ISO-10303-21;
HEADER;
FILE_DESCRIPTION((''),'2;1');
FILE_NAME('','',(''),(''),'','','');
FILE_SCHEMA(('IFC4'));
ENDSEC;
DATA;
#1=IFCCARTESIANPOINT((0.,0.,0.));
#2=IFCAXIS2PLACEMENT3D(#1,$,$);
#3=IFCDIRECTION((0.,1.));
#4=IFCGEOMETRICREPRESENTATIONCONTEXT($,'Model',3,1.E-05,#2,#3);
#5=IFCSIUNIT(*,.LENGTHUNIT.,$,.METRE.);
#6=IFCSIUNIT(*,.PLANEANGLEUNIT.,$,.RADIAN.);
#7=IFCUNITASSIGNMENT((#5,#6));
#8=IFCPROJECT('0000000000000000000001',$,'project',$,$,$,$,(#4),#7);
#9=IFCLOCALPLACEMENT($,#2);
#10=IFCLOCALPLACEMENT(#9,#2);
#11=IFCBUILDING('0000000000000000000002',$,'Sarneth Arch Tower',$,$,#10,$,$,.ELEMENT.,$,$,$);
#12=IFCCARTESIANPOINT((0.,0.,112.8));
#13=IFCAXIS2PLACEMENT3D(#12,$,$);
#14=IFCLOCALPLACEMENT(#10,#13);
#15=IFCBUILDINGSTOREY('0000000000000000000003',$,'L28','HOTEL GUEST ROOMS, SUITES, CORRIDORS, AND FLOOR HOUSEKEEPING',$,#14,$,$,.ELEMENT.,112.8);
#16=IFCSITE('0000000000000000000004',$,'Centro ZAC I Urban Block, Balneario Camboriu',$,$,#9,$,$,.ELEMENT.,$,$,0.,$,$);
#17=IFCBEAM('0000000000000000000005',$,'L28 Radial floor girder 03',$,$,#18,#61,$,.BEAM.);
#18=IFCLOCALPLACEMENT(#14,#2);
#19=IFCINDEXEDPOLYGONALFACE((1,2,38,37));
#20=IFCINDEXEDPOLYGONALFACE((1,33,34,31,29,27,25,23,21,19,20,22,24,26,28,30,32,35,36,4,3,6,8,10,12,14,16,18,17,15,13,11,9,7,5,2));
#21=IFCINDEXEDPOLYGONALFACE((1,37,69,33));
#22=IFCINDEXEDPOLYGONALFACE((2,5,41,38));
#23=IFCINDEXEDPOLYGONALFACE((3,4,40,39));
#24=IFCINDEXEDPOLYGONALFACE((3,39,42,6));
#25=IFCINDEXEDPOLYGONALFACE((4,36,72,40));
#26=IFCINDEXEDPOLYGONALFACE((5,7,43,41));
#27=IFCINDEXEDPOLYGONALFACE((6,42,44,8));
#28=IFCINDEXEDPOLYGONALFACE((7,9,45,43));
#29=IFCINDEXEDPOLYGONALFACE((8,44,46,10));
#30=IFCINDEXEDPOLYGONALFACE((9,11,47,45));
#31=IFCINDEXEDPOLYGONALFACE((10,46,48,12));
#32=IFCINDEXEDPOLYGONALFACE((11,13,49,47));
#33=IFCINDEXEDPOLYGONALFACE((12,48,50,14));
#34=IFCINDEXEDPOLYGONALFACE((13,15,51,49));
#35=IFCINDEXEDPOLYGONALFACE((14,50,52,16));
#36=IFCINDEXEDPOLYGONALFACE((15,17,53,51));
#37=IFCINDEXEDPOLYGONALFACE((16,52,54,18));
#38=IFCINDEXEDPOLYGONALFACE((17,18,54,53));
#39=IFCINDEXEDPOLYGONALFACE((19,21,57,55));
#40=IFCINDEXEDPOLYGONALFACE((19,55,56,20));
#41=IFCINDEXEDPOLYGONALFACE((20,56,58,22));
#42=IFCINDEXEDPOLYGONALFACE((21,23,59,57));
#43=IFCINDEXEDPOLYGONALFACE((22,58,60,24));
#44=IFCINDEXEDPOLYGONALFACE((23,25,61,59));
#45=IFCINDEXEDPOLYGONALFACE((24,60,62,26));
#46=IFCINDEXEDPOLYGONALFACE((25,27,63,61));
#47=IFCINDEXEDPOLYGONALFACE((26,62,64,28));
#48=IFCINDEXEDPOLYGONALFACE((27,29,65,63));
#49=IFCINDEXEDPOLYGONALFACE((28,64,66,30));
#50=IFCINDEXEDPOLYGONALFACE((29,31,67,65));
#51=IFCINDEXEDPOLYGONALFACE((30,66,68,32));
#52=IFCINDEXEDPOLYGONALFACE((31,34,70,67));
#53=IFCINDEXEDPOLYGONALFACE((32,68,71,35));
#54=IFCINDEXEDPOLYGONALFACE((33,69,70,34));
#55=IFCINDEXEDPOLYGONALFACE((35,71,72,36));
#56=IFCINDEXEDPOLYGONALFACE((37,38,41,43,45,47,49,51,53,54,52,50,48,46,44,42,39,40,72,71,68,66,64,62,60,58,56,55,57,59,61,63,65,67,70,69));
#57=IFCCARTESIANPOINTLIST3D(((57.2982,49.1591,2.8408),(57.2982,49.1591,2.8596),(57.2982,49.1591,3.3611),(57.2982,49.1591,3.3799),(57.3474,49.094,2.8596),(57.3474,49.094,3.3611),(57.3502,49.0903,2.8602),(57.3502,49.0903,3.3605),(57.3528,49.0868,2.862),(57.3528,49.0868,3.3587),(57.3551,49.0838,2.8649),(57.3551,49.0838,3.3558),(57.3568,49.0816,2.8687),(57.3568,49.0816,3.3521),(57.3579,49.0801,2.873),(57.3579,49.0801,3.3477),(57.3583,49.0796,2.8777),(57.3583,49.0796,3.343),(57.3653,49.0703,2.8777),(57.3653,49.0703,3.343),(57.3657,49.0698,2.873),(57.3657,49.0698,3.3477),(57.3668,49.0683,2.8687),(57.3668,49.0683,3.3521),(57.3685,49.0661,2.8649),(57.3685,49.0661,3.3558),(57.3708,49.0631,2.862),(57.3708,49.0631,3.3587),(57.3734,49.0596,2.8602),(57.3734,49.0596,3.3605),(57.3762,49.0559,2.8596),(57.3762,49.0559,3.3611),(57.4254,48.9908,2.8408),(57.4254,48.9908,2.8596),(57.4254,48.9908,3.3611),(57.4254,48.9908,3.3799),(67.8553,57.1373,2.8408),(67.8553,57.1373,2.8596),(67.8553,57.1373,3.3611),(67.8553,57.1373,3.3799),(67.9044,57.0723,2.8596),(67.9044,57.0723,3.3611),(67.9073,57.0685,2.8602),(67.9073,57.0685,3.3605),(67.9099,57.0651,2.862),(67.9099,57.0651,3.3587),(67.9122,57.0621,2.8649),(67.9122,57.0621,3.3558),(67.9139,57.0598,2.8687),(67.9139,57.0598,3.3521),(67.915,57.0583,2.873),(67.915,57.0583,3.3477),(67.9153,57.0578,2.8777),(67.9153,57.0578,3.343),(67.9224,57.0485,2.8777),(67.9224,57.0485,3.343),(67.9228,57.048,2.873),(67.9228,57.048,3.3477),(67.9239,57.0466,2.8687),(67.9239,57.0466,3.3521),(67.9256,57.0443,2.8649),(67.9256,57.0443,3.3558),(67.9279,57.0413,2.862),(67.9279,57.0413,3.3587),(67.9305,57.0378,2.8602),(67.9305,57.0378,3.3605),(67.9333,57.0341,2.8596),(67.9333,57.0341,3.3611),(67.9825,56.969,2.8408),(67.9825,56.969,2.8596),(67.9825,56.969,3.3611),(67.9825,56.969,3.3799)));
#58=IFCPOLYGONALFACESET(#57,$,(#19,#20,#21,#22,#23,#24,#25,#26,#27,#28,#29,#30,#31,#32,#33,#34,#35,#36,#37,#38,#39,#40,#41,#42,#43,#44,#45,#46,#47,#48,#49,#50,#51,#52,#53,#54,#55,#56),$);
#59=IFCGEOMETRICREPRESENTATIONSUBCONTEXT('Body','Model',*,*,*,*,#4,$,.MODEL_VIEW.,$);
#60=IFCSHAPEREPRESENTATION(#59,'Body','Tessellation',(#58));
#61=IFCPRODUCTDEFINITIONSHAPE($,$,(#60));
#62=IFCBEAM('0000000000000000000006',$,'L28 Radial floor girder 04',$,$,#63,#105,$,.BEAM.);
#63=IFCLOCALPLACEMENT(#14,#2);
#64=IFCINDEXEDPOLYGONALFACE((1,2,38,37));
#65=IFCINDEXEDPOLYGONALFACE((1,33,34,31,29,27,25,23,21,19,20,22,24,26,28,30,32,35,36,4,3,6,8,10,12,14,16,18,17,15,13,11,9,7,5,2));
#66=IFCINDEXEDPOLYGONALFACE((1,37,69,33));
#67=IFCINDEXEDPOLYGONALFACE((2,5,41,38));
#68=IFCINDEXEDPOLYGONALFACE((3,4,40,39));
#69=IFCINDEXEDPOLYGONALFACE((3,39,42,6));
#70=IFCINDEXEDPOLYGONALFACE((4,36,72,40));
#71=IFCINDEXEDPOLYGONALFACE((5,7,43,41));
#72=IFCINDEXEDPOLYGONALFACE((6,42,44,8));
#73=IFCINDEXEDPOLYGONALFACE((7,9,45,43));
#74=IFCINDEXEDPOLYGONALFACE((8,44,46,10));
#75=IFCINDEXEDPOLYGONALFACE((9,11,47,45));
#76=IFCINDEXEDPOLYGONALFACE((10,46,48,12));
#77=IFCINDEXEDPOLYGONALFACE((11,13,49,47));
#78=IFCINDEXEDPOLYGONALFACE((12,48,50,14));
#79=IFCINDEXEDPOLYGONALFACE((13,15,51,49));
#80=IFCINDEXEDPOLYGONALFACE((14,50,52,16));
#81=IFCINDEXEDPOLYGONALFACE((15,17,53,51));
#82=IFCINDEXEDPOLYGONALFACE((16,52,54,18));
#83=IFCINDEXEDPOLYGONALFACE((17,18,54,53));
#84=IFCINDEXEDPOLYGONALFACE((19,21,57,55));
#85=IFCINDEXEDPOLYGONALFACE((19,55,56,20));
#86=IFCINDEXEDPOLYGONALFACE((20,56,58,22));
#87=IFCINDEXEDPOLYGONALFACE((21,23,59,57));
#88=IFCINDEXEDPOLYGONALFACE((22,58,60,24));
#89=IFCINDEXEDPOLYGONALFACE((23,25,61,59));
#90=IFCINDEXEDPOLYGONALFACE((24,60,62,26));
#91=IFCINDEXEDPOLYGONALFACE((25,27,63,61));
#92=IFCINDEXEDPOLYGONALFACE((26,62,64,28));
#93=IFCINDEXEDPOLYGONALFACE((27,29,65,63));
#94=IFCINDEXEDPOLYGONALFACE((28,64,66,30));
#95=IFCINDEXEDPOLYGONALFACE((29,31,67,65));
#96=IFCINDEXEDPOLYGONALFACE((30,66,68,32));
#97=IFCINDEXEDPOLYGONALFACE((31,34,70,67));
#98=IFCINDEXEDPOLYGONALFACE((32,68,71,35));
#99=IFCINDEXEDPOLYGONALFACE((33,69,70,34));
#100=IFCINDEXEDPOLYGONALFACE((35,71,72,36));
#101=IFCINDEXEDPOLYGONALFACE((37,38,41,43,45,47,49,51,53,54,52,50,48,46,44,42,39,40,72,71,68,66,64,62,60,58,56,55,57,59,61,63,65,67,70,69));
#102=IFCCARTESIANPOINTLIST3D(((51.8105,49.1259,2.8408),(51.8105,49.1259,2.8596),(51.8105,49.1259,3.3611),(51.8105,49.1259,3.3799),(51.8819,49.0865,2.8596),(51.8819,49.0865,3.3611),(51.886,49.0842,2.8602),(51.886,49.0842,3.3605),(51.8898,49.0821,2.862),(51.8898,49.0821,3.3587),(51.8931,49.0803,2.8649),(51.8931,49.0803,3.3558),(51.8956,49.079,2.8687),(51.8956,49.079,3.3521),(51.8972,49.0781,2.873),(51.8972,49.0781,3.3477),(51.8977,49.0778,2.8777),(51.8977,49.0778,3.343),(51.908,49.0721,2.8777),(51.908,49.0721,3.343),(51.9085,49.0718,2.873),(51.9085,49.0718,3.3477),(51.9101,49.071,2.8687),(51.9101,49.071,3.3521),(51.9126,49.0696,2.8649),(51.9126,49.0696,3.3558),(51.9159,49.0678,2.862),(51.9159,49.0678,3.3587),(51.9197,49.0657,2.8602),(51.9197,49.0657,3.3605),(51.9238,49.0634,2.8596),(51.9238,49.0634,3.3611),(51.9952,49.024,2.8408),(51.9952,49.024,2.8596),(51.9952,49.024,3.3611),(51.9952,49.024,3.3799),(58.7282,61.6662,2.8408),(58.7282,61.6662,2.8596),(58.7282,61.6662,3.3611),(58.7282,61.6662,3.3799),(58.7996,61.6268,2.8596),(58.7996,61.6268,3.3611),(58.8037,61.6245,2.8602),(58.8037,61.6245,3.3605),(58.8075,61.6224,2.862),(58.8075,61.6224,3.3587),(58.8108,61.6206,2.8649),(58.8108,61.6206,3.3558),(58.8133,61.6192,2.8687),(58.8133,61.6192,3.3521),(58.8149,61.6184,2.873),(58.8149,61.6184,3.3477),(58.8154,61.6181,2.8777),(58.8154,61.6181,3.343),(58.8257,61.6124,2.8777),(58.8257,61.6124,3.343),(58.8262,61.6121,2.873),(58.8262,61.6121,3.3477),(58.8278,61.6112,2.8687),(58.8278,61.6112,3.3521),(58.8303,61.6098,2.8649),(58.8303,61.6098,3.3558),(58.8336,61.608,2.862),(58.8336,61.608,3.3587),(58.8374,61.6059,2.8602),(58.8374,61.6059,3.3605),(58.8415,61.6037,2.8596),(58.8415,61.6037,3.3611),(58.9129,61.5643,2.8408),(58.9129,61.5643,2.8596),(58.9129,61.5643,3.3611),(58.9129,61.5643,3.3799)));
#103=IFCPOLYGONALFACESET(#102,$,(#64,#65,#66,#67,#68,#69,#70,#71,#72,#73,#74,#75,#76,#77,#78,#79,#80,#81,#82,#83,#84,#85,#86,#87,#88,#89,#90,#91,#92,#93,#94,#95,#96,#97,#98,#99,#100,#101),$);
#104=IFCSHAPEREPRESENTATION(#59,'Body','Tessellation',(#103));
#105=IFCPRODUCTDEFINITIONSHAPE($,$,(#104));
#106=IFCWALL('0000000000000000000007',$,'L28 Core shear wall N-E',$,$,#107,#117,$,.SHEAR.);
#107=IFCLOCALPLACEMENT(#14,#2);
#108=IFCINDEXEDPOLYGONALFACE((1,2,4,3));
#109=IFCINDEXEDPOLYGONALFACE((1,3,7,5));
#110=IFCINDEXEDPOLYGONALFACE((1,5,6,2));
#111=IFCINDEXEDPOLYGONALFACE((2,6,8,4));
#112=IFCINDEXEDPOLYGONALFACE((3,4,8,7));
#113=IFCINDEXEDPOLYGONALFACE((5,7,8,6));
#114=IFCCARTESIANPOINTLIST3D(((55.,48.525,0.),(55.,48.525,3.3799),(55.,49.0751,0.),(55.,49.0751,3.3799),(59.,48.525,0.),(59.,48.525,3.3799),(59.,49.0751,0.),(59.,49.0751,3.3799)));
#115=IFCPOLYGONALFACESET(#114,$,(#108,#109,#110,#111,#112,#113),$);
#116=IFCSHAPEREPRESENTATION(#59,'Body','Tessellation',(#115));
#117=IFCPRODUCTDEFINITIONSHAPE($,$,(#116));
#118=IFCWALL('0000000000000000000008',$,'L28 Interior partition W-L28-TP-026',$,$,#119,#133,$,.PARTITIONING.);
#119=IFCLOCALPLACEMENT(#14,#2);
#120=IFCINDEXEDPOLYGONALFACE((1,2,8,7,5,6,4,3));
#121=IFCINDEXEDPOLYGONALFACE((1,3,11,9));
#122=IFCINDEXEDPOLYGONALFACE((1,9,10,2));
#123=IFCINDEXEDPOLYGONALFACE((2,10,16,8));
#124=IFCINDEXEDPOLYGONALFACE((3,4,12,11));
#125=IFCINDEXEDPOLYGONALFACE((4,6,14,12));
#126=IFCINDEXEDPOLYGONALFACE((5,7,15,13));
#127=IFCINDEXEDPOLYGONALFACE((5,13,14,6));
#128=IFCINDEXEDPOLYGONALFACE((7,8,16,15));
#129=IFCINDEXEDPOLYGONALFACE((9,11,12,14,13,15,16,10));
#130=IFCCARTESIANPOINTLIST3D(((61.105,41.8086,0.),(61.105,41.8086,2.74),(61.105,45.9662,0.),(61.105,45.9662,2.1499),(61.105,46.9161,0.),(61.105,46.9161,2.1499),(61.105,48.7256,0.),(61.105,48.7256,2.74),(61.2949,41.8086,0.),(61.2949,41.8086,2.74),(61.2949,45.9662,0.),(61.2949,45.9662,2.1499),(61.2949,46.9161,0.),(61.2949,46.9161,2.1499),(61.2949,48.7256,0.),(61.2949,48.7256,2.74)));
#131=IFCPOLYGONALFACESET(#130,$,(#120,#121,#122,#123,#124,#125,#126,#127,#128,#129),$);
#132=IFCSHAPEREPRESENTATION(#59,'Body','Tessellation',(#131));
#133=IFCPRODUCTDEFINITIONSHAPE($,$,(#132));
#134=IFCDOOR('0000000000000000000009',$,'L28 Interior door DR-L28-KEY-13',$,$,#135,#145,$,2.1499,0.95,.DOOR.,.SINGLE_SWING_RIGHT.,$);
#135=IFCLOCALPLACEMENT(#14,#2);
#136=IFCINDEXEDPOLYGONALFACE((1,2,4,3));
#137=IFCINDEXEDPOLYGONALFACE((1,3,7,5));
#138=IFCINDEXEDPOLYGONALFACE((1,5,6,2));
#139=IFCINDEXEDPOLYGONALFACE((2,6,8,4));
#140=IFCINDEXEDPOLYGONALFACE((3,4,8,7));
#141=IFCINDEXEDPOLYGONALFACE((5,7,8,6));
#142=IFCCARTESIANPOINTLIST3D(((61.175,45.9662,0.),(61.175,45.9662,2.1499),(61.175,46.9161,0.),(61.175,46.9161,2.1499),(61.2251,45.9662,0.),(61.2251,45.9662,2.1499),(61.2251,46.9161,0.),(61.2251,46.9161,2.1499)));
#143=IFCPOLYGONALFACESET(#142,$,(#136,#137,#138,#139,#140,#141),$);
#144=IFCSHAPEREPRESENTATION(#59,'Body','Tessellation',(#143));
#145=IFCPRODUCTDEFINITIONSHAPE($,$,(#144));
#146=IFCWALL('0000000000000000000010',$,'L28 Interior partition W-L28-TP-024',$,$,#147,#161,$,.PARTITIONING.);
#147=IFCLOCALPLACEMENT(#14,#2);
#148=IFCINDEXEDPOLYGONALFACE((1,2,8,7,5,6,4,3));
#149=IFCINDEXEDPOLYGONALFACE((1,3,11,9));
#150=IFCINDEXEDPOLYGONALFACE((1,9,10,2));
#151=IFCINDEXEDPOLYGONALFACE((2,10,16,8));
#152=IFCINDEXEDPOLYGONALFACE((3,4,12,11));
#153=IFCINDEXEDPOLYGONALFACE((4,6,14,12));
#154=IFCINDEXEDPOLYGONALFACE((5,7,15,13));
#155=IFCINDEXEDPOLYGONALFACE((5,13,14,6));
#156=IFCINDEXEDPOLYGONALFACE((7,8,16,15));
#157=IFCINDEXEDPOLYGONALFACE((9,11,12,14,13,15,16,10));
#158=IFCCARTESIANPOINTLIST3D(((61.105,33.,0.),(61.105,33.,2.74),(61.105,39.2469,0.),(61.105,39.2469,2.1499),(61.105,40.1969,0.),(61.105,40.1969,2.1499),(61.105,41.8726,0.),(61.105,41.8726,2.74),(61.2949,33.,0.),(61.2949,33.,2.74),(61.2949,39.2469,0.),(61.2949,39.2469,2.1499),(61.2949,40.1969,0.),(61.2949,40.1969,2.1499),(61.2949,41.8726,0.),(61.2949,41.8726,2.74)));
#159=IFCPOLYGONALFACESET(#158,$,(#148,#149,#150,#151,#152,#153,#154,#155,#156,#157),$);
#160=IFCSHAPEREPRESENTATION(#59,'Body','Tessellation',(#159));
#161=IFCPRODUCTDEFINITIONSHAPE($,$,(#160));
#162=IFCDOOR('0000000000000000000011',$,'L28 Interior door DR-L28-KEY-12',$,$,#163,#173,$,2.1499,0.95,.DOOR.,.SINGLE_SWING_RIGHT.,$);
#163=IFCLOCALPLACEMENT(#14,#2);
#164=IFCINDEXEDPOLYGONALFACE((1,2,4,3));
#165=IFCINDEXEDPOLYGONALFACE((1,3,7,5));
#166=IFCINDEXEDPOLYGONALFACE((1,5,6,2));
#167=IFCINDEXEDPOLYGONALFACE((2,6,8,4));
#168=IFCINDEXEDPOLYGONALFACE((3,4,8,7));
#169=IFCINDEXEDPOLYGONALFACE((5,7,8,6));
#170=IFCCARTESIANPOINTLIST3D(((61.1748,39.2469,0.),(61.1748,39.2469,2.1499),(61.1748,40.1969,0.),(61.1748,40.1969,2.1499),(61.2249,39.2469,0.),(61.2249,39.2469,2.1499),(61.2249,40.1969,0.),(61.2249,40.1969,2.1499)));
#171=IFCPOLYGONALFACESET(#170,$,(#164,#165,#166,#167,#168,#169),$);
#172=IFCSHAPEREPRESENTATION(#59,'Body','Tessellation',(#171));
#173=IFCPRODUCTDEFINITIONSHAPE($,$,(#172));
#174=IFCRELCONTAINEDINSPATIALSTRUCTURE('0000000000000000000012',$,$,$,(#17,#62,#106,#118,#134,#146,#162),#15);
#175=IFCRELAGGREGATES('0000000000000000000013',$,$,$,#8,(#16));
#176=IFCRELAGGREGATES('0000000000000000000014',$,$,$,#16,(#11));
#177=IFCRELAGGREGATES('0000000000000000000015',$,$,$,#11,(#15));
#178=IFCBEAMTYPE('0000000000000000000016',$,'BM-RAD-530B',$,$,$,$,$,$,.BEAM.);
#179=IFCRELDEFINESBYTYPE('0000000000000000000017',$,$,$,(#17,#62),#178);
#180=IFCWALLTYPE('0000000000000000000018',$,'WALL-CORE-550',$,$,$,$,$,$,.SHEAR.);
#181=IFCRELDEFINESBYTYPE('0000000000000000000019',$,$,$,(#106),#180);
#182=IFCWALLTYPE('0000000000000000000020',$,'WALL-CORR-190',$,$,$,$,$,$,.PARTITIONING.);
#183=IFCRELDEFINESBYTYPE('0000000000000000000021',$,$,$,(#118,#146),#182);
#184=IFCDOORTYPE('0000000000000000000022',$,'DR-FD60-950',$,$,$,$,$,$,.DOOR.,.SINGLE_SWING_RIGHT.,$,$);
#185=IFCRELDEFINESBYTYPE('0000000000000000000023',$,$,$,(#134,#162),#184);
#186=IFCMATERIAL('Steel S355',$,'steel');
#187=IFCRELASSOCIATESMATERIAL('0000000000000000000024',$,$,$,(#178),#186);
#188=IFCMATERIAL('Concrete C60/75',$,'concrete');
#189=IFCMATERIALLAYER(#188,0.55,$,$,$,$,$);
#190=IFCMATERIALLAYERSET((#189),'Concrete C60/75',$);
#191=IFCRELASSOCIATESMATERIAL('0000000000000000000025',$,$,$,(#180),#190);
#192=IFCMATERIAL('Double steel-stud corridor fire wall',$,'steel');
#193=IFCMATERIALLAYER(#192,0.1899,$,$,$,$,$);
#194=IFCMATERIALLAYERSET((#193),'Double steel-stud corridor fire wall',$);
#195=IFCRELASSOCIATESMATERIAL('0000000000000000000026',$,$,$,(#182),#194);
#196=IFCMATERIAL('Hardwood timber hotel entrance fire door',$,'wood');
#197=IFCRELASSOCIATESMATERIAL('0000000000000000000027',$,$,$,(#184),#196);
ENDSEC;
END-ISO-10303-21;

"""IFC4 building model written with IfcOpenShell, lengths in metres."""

from ifc_helpers import new_model, si_unit, direction, frame, frame_2d, origin, origin_2d, place, context, subcontext, project, spatial, rectangle, i_section, extrude, material, layer, layer_set, material_profile, profile_set, type_object, element, fill, save


model = new_model("IFC4")

# Units and contexts
model_context = context("Model", 3, precision=1e-05, world=origin(), true_north=direction((0.0, 1.0)))
body_context = subcontext(model_context, "Body", "Model", "MODEL_VIEW")
ifc_project = project(units=[si_unit("LENGTHUNIT", "METRE"), si_unit("PLANEANGLEUNIT", "RADIAN")], contexts=[model_context])

# Site, building, storey
site_placement = place(None, origin())
site = spatial("IfcSite", under=ifc_project, at=site_placement, Name="Centro ZAC I Urban Block, Balneario Camboriu", CompositionType="ELEMENT", RefElevation=0.0)
building_placement = place(site_placement, origin())
building = spatial("IfcBuilding", under=site, at=building_placement, Name="Sarneth Arch Tower", CompositionType="ELEMENT")
storey_placement = place(building_placement, frame((0.0, 0.0, 112.8)))
storey = spatial("IfcBuildingStorey", under=building, at=storey_placement, Name="L28", Description="HOTEL GUEST ROOMS, SUITES, CORRIDORS, AND FLOOR HOUSEKEEPING", CompositionType="ELEMENT", Elevation=112.8)

# Beams
ifc_material_1 = material(Name="Steel S355", Category="steel")
ifc_material_profile_1 = material_profile(ifc_material_1, i_section(OverallWidth=0.2109, OverallDepth=0.5391, WebThickness=0.0117, FlangeThickness=0.0188, FilletRadius=0.0181, at=origin_2d()), Name="W530x109")
ifc_profile_set_1 = profile_set([ifc_material_profile_1], Name="Steel S355")
beam_type_1 = type_object("IfcBeamType", Name="BM-RAD-530B", PredefinedType="BEAM", material=ifc_profile_set_1)
beam_1_placement = place(storey_placement, frame((57.3618, 49.075, 3.1104), z_axis=(0.797803, 0.602918, 0.0), x_axis=(-0.602918, 0.797803, 0.0)))
element("IfcBeam", 1, at=beam_1_placement, inside=storey, type_object=beam_type_1, Name="L28 Radial floor girder 03", PredefinedType="BEAM", context=body_context, shape_type="SweptSolid", body=[
    extrude(i_section(OverallWidth=0.2109, OverallDepth=0.5391, WebThickness=0.0117, FlangeThickness=0.0188, FilletRadius=0.0181, at=origin_2d()), origin(), (0.0, 0.0, 1.0), 13.2327),
])
beam_2_placement = place(storey_placement, frame((51.9028, 49.075, 3.1104), z_axis=(0.483021, 0.875609, 0.0), x_axis=(-0.875609, 0.483021, 0.0)))
element("IfcBeam", 2, at=beam_2_placement, inside=storey, type_object=beam_type_1, Name="L28 Radial floor girder 04", PredefinedType="BEAM", context=body_context, shape_type="SweptSolid", body=[
    extrude(i_section(OverallWidth=0.2109, OverallDepth=0.5391, WebThickness=0.0117, FlangeThickness=0.0188, FilletRadius=0.0181, at=origin_2d()), origin(), (0.0, 0.0, 1.0), 14.3218),
])

# Wall
ifc_material_2 = material(Name="Concrete C60/75", Category="concrete")
ifc_layer_1 = layer(ifc_material_2, 0.55)
ifc_layer_set_1 = layer_set([ifc_layer_1], Name="Concrete C60/75")
wall_type_1 = type_object("IfcWallType", Name="WALL-CORE-550", PredefinedType="SHEAR", material=ifc_layer_set_1)
wall_1_placement = place(storey_placement, frame((55.0, 48.8, 0.0), z_axis=(0.0, 0.0, 1.0), x_axis=(1.0, 0.0, 0.0)))
element("IfcWall", 3, at=wall_1_placement, inside=storey, type_object=wall_type_1, Name="L28 Core shear wall N-E", PredefinedType="SHEAR", context=body_context, shape_type="SweptSolid", body=[
    extrude(rectangle(XDim=4.0, YDim=0.55, at=frame_2d((2.0, 0.0))), origin(), (0.0, 0.0, 1.0), 3.3799),
])

# Walls, openings, doors
ifc_material_3 = material(Name="Double steel-stud corridor fire wall", Category="steel")
ifc_layer_2 = layer(ifc_material_3, 0.1899)
ifc_layer_set_2 = layer_set([ifc_layer_2], Name="Double steel-stud corridor fire wall")
wall_type_2 = type_object("IfcWallType", Name="WALL-CORR-190", PredefinedType="PARTITIONING", material=ifc_layer_set_2)
wall_2_placement = place(storey_placement, frame((61.2, 41.8086, 0.0), z_axis=(0.0, 0.0, 1.0), x_axis=(0.0, 1.0, 0.0)))
wall_2 = element("IfcWall", 4, at=wall_2_placement, inside=storey, type_object=wall_type_2, Name="L28 Interior partition W-L28-TP-026", PredefinedType="PARTITIONING", context=body_context, shape_type="SweptSolid", body=[
    extrude(rectangle(XDim=6.917, YDim=0.1899, at=frame_2d((3.4585, 0.0))), origin(), (0.0, 0.0, 1.0), 2.74),
])
opening_1_placement = place(wall_2_placement, frame((4.1575, 0.0, 0.0)))
opening_1 = element("IfcOpeningElement", 5, at=opening_1_placement, cuts=wall_2, PredefinedType="OPENING", context=body_context, shape_type="SweptSolid", body=[
    extrude(rectangle(XDim=0.95, YDim=2.1499, at=frame_2d((0.4751, 1.075))), frame((0.0, 0.105, 0.0), z_axis=(0.0, -1.0, 0.0), x_axis=(1.0, 0.0, 0.0)), (0.0, 0.0, 1.0), 0.21),
])
ifc_material_4 = material(Name="Hardwood timber hotel entrance fire door", Category="wood")
door_type_1 = type_object("IfcDoorType", Name="DR-FD60-950", OperationType="SINGLE_SWING_RIGHT", PredefinedType="DOOR", material=ifc_material_4)
door_1_placement = place(opening_1_placement, origin())
door_1 = element("IfcDoor", 6, at=door_1_placement, inside=storey, type_object=door_type_1, Name="L28 Interior door DR-L28-KEY-13", OperationType="SINGLE_SWING_RIGHT", OverallHeight=2.1499, OverallWidth=0.95, PredefinedType="DOOR", context=body_context, shape_type="SweptSolid", body=[
    extrude(rectangle(XDim=0.95, YDim=2.1499, at=frame_2d((0.4751, 1.075))), frame((0.0, 0.0249, 0.0), z_axis=(0.0, -1.0, 0.0), x_axis=(1.0, 0.0, 0.0)), (0.0, 0.0, 1.0), 0.05),
])
fill(opening_1, door_1)
wall_3_placement = place(storey_placement, frame((61.2, 41.8726, 0.0), z_axis=(0.0, 0.0, 1.0), x_axis=(0.0, -1.0, 0.0)))
wall_3 = element("IfcWall", 7, at=wall_3_placement, inside=storey, type_object=wall_type_2, Name="L28 Interior partition W-L28-TP-024", PredefinedType="PARTITIONING", context=body_context, shape_type="SweptSolid", body=[
    extrude(rectangle(XDim=8.8726, YDim=0.1899, at=frame_2d((4.4363, 0.0))), origin(), (0.0, 0.0, 1.0), 2.74),
])
opening_2_placement = place(wall_3_placement, frame((1.6755, 0.0, 0.0)))
opening_2 = element("IfcOpeningElement", 8, at=opening_2_placement, cuts=wall_3, PredefinedType="OPENING", context=body_context, shape_type="SweptSolid", body=[
    extrude(rectangle(XDim=0.95, YDim=2.1499, at=frame_2d((0.4751, 1.075))), frame((0.0, 0.105, 0.0), z_axis=(0.0, -1.0, 0.0), x_axis=(1.0, 0.0, 0.0)), (0.0, 0.0, 1.0), 0.21),
])
door_2_placement = place(opening_2_placement, origin())
door_2 = element("IfcDoor", 9, at=door_2_placement, inside=storey, type_object=door_type_1, Name="L28 Interior door DR-L28-KEY-12", OperationType="SINGLE_SWING_RIGHT", OverallHeight=2.1499, OverallWidth=0.95, PredefinedType="DOOR", context=body_context, shape_type="SweptSolid", body=[
    extrude(rectangle(XDim=0.95, YDim=2.1499, at=frame_2d((0.4751, 1.075))), frame((0.0, 0.0249, 0.0), z_axis=(0.0, -1.0, 0.0), x_axis=(1.0, 0.0, 0.0)), (0.0, 0.0, 1.0), 0.05),
])
fill(opening_2, door_2)

save(model, "model.ifc")
